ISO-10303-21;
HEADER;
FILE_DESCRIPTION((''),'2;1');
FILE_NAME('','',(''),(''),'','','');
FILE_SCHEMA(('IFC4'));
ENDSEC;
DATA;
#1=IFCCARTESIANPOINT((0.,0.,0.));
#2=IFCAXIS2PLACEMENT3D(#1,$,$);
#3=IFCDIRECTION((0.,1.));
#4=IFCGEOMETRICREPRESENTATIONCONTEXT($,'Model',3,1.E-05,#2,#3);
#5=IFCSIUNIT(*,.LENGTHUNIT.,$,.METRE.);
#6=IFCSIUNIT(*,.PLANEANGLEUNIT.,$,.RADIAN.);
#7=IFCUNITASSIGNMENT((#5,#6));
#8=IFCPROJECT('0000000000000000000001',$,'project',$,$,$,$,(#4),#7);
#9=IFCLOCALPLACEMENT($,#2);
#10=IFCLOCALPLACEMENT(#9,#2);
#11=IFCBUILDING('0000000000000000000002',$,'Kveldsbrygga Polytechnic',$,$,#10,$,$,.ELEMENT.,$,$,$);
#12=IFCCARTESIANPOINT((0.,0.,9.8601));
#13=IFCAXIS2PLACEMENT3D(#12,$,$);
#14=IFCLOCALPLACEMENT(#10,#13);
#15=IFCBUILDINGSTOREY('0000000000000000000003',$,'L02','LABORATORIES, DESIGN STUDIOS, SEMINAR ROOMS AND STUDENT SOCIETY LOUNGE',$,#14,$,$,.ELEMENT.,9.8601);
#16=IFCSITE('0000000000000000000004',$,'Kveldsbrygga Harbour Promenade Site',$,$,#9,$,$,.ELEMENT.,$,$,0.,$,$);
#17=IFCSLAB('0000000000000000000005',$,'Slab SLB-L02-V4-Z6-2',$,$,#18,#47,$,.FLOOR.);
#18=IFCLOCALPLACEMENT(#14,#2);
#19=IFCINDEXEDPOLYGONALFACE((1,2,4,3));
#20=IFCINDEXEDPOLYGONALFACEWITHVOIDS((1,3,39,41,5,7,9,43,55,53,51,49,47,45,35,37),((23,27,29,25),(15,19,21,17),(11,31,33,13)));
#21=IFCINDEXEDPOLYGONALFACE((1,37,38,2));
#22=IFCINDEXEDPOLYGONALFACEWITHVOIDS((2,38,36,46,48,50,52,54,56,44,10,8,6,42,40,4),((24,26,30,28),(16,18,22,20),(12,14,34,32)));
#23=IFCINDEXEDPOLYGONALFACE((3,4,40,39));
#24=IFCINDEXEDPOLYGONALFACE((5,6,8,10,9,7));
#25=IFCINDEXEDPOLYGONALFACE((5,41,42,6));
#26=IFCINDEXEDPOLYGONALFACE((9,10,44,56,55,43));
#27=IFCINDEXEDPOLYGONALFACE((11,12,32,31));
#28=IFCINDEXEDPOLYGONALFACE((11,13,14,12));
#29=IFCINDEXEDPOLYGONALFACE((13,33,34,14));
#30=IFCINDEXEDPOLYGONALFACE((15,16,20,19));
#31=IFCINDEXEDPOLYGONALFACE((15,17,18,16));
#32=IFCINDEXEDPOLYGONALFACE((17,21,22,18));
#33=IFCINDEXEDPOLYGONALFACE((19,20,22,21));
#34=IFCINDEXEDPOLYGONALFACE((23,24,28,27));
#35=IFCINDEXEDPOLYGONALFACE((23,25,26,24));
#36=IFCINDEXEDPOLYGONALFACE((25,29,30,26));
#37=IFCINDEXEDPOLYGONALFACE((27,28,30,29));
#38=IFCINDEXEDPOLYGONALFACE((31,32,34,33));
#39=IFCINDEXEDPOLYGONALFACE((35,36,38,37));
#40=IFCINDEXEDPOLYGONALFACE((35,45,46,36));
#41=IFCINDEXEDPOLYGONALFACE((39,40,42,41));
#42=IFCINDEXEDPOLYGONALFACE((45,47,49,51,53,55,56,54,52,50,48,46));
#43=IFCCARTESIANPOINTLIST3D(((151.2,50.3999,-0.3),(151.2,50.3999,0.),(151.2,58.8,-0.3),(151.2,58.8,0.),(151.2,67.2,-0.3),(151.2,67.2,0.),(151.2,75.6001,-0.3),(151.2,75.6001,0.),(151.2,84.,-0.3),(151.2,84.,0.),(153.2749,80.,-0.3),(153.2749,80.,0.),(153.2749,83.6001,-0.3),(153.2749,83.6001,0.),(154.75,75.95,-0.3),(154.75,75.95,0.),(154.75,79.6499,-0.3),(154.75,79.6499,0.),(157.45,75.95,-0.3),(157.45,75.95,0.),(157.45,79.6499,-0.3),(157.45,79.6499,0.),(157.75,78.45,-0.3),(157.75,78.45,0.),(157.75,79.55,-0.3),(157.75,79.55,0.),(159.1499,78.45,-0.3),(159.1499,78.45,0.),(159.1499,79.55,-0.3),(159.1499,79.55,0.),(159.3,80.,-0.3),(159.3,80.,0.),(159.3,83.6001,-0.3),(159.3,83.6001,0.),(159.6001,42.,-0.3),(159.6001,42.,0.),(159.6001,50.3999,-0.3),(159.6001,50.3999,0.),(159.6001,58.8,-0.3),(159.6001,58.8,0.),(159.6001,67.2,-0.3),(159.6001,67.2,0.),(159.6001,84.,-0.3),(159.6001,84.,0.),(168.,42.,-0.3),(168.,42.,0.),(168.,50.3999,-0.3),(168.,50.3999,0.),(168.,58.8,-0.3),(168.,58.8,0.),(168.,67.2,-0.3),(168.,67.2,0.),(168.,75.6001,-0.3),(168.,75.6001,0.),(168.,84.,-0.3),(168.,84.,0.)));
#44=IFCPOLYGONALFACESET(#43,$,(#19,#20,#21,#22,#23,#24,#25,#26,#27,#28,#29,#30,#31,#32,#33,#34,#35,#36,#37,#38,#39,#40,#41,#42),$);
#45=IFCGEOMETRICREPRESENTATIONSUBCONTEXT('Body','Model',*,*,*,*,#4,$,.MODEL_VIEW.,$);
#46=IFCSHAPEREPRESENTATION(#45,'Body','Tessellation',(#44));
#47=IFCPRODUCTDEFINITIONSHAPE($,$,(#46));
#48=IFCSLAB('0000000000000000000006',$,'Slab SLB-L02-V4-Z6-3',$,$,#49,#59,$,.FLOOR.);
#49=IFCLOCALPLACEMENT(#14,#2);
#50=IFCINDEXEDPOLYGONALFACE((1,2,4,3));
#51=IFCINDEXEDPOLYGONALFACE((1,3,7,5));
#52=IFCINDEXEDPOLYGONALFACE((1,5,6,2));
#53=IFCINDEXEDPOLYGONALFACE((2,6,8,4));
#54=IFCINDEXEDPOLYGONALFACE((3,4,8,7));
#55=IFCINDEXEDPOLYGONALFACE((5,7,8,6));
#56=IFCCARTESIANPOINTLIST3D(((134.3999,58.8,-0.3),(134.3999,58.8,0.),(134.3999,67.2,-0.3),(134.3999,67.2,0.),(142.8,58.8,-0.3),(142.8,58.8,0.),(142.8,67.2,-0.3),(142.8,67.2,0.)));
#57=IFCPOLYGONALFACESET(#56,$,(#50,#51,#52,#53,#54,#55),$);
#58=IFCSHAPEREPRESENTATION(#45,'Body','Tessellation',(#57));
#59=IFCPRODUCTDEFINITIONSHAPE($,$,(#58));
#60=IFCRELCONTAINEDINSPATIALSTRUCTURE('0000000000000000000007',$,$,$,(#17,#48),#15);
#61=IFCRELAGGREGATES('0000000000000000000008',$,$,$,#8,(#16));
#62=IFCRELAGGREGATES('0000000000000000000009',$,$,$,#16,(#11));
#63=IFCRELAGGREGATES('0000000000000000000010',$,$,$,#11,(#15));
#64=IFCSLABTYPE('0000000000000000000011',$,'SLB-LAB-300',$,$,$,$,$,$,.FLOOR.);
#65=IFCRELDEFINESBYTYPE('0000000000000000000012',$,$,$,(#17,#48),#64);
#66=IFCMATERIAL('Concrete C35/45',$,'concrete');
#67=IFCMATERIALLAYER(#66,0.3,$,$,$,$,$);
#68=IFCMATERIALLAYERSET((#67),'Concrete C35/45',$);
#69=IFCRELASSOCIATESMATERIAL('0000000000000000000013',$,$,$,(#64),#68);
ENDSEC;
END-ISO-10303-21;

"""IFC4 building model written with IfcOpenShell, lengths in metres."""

from ifc_helpers import new_model, si_unit, direction, frame, origin, place, context, subcontext, project, spatial, polyline, outline, extrude, material, layer, layer_set, type_object, element, save


model = new_model("IFC4")

# Units and contexts
model_context = context("Model", 3, precision=1e-05, world=origin(), true_north=direction((0.0, 1.0)))
body_context = subcontext(model_context, "Body", "Model", "MODEL_VIEW")
ifc_project = project(units=[si_unit("LENGTHUNIT", "METRE"), si_unit("PLANEANGLEUNIT", "RADIAN")], contexts=[model_context])

# Site, building, storey
site_placement = place(None, origin())
site = spatial("IfcSite", under=ifc_project, at=site_placement, Name="Kveldsbrygga Harbour Promenade Site", CompositionType="ELEMENT", RefElevation=0.0)
building_placement = place(site_placement, origin())
building = spatial("IfcBuilding", under=site, at=building_placement, Name="Kveldsbrygga Polytechnic", CompositionType="ELEMENT")
storey_placement = place(building_placement, frame((0.0, 0.0, 9.8601)))
storey = spatial("IfcBuildingStorey", under=building, at=storey_placement, Name="L02", Description="LABORATORIES, DESIGN STUDIOS, SEMINAR ROOMS AND STUDENT SOCIETY LOUNGE", CompositionType="ELEMENT", Elevation=9.8601)

# Slabs
ifc_material = material(Name="Concrete C35/45", Category="concrete")
ifc_layer = layer(ifc_material, 0.3)
ifc_layer_set = layer_set([ifc_layer], Name="Concrete C35/45")
slab_type = type_object("IfcSlabType", Name="SLB-LAB-300", PredefinedType="FLOOR", material=ifc_layer_set)
slab_1_placement = place(storey_placement, frame((0.0, 0.0, -0.3)))
element("IfcSlab", 1, at=slab_1_placement, inside=storey, type_object=slab_type, Name="Slab SLB-L02-V4-Z6-2", PredefinedType="FLOOR", context=body_context, shape_type="SweptSolid", body=[
    extrude(outline(polyline([(151.2, 50.3999), (151.2, 58.8), (159.6001, 58.8), (159.6001, 67.2), (151.2, 67.2), (151.2, 75.6001), (151.2, 84.0), (159.6001, 84.0), (168.0, 84.0), (168.0, 75.6001), (168.0, 67.2), (168.0, 58.8), (168.0, 50.3999), (168.0, 42.0), (159.6001, 42.0), (159.6001, 50.3999), (151.2, 50.3999)]), holes=[polyline([(153.2749, 80.0), (159.3, 80.0), (159.3, 83.6001), (153.2749, 83.6001), (153.2749, 80.0)]), polyline([(154.75, 75.95), (157.45, 75.95), (157.45, 79.6499), (154.75, 79.6499), (154.75, 75.95)]), polyline([(157.75, 78.45), (159.1499, 78.45), (159.1499, 79.55), (157.75, 79.55), (157.75, 78.45)])]), origin(), (0.0, 0.0, 1.0), 0.3),
])
slab_2_placement = place(storey_placement, frame((0.0, 0.0, -0.3)))
element("IfcSlab", 2, at=slab_2_placement, inside=storey, type_object=slab_type, Name="Slab SLB-L02-V4-Z6-3", PredefinedType="FLOOR", context=body_context, shape_type="SweptSolid", body=[
    extrude(outline(polyline([(142.8, 58.8), (134.3999, 58.8), (134.3999, 67.2), (142.8, 67.2), (142.8, 58.8)])), origin(), (0.0, 0.0, 1.0), 0.3),
])

save(model, "model.ifc")
